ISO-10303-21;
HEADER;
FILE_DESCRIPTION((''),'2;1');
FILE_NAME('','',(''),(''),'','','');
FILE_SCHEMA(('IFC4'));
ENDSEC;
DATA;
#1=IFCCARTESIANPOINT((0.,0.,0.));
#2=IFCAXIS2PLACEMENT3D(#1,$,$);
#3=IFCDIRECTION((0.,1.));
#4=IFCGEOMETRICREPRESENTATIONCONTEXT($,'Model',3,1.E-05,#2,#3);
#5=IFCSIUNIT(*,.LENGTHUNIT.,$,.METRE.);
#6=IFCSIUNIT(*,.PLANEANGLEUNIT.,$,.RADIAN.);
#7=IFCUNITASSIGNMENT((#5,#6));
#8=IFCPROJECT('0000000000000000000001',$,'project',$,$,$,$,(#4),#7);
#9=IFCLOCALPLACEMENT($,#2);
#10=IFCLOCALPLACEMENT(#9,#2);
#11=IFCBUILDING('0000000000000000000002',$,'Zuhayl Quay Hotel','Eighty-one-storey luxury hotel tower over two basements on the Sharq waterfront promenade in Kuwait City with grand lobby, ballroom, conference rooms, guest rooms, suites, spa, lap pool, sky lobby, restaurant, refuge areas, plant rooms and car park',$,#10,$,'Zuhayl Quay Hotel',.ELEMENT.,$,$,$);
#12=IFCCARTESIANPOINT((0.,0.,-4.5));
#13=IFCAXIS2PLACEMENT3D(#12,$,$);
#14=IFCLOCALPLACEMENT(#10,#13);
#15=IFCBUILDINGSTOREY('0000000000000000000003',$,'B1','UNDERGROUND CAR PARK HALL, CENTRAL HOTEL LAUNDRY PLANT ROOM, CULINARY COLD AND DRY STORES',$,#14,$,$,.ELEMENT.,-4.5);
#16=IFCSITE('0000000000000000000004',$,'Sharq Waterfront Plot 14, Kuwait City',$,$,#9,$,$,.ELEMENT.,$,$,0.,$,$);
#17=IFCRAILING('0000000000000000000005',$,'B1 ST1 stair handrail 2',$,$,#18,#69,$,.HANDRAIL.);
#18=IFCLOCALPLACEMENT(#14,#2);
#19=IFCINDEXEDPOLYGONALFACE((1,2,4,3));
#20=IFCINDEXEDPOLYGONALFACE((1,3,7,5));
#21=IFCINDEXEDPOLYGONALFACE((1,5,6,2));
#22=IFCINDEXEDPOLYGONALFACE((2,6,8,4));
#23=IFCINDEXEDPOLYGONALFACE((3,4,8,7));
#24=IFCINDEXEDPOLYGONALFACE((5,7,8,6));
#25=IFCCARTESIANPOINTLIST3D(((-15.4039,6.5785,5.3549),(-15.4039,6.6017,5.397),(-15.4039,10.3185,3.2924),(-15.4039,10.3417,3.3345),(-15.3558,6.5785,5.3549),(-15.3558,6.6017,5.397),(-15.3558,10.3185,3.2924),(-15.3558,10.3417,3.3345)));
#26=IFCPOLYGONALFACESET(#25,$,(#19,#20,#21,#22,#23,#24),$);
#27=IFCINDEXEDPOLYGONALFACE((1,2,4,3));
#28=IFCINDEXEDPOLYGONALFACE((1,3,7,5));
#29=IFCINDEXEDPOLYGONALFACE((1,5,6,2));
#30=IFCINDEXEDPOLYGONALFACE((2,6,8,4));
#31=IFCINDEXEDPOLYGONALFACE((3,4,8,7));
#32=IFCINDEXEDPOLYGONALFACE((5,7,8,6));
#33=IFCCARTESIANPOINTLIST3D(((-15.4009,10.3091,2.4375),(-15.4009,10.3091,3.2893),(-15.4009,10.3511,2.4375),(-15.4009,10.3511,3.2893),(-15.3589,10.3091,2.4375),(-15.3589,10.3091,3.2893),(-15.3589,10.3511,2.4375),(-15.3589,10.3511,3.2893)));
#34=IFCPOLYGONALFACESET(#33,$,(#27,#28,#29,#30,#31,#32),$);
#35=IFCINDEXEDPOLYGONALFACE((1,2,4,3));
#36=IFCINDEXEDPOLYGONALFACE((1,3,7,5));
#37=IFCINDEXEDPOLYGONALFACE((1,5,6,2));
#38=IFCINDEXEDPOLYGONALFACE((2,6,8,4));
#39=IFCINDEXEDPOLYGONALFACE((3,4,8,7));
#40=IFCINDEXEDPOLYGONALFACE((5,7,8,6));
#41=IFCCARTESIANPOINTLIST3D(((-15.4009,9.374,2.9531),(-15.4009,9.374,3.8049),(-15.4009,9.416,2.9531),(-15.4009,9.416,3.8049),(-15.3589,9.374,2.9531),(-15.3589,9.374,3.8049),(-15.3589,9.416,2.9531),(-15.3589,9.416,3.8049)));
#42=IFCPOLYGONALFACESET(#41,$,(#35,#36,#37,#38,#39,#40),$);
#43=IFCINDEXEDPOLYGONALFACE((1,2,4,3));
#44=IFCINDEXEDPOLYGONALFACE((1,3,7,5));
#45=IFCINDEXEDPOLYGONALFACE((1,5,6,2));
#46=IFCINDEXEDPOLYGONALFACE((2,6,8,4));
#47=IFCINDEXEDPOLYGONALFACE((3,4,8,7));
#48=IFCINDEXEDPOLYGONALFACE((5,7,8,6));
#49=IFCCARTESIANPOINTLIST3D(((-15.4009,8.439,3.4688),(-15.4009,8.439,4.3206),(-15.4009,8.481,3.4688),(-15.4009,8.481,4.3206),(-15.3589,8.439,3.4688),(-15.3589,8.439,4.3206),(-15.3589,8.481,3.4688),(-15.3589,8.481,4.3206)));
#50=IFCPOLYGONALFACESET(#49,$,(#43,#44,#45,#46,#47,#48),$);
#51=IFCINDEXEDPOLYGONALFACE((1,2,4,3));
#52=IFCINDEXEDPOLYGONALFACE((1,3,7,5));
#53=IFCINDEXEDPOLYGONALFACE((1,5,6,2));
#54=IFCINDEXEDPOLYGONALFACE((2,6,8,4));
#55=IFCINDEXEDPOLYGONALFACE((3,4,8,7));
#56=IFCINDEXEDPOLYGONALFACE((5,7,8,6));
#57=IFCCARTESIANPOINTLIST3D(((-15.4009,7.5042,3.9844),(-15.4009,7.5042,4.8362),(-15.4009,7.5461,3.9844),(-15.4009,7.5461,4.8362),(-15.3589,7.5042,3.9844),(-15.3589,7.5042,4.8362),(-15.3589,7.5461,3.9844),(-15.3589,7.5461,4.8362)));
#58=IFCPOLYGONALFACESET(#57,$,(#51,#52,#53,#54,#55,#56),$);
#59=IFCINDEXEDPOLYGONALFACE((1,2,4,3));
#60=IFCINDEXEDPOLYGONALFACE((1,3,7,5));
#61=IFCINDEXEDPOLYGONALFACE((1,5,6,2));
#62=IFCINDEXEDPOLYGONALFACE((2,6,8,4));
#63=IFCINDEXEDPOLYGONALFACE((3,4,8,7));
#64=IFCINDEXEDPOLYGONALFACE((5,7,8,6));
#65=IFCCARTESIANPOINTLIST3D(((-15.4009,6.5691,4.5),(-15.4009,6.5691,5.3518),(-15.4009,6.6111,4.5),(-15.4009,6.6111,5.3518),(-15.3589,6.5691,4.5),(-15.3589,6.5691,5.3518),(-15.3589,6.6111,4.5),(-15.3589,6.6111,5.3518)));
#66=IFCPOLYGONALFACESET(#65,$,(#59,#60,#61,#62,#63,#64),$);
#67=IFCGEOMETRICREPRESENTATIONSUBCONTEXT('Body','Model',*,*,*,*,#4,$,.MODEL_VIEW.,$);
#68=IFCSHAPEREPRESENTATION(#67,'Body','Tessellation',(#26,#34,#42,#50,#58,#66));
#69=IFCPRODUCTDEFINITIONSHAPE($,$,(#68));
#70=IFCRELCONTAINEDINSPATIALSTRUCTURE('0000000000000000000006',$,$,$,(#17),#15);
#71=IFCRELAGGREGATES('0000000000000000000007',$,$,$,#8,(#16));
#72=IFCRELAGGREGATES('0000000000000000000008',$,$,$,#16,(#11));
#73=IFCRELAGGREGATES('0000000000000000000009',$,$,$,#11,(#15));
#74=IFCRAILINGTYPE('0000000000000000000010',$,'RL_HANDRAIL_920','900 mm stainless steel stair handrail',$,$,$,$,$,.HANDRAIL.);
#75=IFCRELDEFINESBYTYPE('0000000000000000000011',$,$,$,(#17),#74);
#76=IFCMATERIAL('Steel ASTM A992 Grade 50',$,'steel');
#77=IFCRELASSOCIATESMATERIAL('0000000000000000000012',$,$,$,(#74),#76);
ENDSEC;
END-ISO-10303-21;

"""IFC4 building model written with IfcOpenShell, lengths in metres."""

from ifc_helpers import new_model, si_unit, direction, frame, origin, origin_2d, place, context, subcontext, project, spatial, rectangle, extrude, material, type_object, element, save


model = new_model("IFC4")

# Units and contexts
model_context = context("Model", 3, precision=1e-05, world=origin(), true_north=direction((0.0, 1.0)))
body_context = subcontext(model_context, "Body", "Model", "MODEL_VIEW")
ifc_project = project(units=[si_unit("LENGTHUNIT", "METRE"), si_unit("PLANEANGLEUNIT", "RADIAN")], contexts=[model_context])

# Site, building, storey
site_placement = place(None, origin())
site = spatial("IfcSite", under=ifc_project, at=site_placement, Name="Sharq Waterfront Plot 14, Kuwait City", CompositionType="ELEMENT", RefElevation=0.0)
building_placement = place(site_placement, origin())
building = spatial("IfcBuilding", under=site, at=building_placement, Name="Zuhayl Quay Hotel", Description="Eighty-one-storey luxury hotel tower over two basements on the Sharq waterfront promenade in Kuwait City with grand lobby, ballroom, conference rooms, guest rooms, suites, spa, lap pool, sky lobby, restaurant, refuge areas, plant rooms and car park", LongName="Zuhayl Quay Hotel", CompositionType="ELEMENT")
storey_placement = place(building_placement, frame((0.0, 0.0, -4.5)))
storey = spatial("IfcBuildingStorey", under=building, at=storey_placement, Name="B1", Description="UNDERGROUND CAR PARK HALL, CENTRAL HOTEL LAUNDRY PLANT ROOM, CULINARY COLD AND DRY STORES", CompositionType="ELEMENT", Elevation=-4.5)

# Shared definitions
ifc_material_1 = material(Name="Steel ASTM A992 Grade 50", Category="steel")

# Railing
railing_type_1 = type_object("IfcRailingType", Name="RL_HANDRAIL_920", Description="900 mm stainless steel stair handrail", PredefinedType="HANDRAIL", material=ifc_material_1)
railing_1_placement = place(storey_placement, frame((-15.3799, 10.3301, 2.4375)))
element("IfcRailing", 1, at=railing_1_placement, inside=storey, type_object=railing_type_1, Name="B1 ST1 stair handrail 2", PredefinedType="HANDRAIL", context=body_context, shape_type="SweptSolid", body=[
    extrude(rectangle(XDim=0.0481, YDim=0.0481, at=origin_2d()), frame((0.0, 0.0, 0.876), z_axis=(0.0, -0.875671, 0.482908), x_axis=(1.0, 0.0, 0.0)), (0.0, 0.0, 1.0), 4.271),
    extrude(rectangle(XDim=0.042, YDim=0.042, at=origin_2d()), origin(), (0.0, 0.0, 1.0), 0.8518),
    extrude(rectangle(XDim=0.042, YDim=0.042, at=origin_2d()), frame((0.0, -0.9351, 0.5156)), (0.0, 0.0, 1.0), 0.8518),
    extrude(rectangle(XDim=0.042, YDim=0.042, at=origin_2d()), frame((0.0, -1.8701, 1.0312)), (0.0, 0.0, 1.0), 0.8518),
    extrude(rectangle(XDim=0.042, YDim=0.042, at=origin_2d()), frame((0.0, -2.8049, 1.5469)), (0.0, 0.0, 1.0), 0.8518),
    extrude(rectangle(XDim=0.042, YDim=0.042, at=origin_2d()), frame((0.0, -3.74, 2.0625)), (0.0, 0.0, 1.0), 0.8518),
])

save(model, "model.ifc")
